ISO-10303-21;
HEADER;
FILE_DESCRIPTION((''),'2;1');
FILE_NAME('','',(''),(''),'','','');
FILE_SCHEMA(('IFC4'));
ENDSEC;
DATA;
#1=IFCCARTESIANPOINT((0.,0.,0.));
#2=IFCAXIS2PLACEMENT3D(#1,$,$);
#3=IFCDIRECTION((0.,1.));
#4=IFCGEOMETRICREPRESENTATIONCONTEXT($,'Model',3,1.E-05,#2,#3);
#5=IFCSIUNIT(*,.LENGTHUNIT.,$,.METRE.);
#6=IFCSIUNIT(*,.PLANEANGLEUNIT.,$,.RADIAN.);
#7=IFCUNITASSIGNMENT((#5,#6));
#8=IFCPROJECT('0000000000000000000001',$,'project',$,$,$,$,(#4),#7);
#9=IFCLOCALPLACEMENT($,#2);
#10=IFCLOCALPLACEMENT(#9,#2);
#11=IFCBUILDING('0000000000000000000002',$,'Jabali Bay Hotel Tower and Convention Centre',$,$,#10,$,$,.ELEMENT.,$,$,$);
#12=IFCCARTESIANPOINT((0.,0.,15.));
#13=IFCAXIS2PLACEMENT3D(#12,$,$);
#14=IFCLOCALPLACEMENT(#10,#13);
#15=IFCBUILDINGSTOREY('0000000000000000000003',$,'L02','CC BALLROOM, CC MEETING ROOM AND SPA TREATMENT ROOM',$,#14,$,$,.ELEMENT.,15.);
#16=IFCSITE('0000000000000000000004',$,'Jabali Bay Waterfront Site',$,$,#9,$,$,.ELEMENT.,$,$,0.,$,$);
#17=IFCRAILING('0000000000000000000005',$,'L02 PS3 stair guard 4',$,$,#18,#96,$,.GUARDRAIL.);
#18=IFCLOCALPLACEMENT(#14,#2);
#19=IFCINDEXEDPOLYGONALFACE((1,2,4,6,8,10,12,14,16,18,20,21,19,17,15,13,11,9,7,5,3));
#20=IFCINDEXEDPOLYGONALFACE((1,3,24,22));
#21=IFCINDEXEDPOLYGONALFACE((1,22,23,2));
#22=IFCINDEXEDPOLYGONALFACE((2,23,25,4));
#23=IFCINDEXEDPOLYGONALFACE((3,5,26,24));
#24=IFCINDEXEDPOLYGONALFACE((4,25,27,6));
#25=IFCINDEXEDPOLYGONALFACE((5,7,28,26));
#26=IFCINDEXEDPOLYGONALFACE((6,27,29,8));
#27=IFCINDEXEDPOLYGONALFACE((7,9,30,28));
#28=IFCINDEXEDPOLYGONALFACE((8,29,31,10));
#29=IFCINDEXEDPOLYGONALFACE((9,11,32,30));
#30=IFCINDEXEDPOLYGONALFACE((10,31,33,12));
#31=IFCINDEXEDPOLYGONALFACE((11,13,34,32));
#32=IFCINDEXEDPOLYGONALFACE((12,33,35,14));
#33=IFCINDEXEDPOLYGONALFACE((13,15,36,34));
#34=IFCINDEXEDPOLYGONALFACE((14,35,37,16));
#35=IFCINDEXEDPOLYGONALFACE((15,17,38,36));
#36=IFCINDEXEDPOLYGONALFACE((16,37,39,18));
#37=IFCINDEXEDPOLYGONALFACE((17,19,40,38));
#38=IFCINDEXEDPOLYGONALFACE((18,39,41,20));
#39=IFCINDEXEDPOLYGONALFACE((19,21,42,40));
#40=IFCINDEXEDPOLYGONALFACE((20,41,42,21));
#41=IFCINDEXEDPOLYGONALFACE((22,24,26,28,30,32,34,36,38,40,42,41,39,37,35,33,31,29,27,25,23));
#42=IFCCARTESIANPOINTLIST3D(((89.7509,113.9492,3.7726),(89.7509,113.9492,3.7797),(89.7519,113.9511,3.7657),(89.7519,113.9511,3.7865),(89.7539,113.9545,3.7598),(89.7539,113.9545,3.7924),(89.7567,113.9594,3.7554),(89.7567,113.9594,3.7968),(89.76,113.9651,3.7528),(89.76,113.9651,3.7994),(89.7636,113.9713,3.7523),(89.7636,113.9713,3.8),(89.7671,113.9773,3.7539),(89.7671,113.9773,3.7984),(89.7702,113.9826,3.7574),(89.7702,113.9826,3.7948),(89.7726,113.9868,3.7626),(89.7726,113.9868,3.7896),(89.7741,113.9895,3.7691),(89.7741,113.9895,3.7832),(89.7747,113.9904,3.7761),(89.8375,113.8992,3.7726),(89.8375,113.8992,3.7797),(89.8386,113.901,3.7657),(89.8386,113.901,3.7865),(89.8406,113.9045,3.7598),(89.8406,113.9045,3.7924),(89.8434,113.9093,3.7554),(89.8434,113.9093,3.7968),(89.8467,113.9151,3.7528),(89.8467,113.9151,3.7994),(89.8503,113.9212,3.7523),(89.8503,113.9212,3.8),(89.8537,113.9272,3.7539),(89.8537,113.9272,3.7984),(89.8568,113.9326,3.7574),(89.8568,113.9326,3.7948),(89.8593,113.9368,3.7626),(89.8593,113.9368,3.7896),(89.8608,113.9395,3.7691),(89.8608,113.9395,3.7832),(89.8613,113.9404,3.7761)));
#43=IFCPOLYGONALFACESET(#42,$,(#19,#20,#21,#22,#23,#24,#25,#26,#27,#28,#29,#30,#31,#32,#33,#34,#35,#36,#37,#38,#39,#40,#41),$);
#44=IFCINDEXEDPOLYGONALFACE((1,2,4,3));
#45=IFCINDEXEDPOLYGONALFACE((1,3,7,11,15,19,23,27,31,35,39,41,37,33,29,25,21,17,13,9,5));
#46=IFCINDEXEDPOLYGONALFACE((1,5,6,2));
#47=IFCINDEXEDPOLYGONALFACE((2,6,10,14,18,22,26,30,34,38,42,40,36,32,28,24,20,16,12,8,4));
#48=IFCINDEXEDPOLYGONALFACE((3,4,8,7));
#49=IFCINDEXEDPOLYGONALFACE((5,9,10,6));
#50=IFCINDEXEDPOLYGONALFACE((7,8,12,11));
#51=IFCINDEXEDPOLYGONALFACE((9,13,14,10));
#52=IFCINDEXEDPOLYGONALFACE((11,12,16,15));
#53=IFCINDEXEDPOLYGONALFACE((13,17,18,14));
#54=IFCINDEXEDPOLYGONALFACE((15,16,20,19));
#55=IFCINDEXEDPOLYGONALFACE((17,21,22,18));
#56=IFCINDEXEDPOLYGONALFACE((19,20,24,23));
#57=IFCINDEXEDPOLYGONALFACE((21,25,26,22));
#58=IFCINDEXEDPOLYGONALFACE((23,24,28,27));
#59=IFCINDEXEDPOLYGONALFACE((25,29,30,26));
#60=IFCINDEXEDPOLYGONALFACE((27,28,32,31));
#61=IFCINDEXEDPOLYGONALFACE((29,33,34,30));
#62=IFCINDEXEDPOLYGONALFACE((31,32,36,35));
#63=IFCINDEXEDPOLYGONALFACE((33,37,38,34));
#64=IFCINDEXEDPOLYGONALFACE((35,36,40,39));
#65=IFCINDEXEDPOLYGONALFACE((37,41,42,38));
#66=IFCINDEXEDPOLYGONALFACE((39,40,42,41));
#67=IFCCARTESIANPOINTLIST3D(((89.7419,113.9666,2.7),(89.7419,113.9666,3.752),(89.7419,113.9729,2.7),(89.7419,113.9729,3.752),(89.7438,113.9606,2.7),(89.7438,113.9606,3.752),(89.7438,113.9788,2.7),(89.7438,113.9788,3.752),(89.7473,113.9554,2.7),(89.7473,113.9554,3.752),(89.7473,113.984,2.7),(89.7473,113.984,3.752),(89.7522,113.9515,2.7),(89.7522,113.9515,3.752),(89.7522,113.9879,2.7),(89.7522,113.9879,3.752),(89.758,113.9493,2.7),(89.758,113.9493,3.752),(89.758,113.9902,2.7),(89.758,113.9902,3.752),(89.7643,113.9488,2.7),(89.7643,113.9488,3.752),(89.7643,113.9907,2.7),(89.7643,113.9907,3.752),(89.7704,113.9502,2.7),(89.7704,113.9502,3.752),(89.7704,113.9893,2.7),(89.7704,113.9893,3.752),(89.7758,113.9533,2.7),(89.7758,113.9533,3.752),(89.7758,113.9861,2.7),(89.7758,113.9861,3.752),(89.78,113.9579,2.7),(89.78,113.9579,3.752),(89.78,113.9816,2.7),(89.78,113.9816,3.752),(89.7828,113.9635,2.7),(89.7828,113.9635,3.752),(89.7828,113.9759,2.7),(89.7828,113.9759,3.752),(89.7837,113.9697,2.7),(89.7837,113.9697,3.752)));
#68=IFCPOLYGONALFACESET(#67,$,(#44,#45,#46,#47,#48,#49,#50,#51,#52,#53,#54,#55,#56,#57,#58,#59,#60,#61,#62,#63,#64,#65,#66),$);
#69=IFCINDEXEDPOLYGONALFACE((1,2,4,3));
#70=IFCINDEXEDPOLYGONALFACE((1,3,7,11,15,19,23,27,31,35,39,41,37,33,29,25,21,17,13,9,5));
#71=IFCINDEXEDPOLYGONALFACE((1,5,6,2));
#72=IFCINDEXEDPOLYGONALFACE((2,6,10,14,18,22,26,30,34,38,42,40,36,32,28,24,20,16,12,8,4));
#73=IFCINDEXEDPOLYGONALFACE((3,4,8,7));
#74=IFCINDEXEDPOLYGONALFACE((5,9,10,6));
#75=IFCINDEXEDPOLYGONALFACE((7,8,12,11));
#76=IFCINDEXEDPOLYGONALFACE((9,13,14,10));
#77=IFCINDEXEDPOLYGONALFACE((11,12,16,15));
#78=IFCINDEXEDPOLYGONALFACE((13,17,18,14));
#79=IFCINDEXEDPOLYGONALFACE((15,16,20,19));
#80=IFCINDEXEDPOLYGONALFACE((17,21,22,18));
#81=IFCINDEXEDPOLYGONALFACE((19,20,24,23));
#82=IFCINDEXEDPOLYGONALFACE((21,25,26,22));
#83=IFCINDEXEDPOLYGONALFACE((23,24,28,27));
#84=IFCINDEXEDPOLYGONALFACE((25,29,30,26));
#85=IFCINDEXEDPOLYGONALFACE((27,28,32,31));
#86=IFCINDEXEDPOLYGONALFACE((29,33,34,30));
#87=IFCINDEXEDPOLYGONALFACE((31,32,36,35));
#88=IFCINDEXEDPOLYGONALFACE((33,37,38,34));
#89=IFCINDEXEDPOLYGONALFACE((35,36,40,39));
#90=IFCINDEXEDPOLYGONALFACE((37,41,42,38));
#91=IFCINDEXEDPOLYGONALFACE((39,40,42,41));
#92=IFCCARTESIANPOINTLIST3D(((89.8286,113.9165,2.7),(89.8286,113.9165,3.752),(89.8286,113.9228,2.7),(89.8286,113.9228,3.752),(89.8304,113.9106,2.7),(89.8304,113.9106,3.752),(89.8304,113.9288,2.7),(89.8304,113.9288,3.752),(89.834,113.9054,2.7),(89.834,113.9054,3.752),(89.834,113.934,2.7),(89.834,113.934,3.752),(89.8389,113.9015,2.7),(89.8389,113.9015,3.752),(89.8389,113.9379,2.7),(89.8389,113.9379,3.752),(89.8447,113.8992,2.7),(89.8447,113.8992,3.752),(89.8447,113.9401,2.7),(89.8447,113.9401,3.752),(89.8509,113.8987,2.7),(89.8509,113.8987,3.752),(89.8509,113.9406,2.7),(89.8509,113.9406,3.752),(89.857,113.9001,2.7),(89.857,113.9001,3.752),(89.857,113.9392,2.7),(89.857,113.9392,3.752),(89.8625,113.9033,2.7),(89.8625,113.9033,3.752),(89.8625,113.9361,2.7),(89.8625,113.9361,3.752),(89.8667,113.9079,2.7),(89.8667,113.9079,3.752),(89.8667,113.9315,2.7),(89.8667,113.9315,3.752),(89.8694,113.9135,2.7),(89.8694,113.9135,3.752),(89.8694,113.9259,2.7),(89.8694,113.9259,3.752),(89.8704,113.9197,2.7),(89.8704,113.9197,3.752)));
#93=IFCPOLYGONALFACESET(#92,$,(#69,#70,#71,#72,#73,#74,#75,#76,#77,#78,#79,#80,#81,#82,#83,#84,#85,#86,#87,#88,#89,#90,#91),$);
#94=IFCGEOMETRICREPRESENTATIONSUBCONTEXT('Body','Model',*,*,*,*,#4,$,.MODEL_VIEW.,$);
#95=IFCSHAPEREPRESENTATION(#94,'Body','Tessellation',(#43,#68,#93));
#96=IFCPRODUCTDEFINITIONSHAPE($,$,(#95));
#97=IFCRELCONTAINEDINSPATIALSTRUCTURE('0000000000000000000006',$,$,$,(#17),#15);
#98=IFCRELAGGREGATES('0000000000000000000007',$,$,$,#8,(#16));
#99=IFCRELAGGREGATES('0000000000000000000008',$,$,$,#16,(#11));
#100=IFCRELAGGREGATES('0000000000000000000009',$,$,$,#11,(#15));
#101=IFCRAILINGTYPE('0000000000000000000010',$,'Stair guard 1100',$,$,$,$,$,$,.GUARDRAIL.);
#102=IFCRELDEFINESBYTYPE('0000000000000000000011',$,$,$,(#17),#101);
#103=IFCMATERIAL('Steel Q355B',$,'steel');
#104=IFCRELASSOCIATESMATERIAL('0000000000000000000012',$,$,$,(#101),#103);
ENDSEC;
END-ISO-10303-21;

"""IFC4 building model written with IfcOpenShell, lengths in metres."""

from ifc_helpers import new_model, si_unit, direction, frame, origin, origin_2d, place, context, subcontext, project, spatial, circle, extrude, material, type_object, element, save


model = new_model("IFC4")

# Units and contexts
model_context = context("Model", 3, precision=1e-05, world=origin(), true_north=direction((0.0, 1.0)))
body_context = subcontext(model_context, "Body", "Model", "MODEL_VIEW")
ifc_project = project(units=[si_unit("LENGTHUNIT", "METRE"), si_unit("PLANEANGLEUNIT", "RADIAN")], contexts=[model_context])

# Site, building, storey
site_placement = place(None, origin())
site = spatial("IfcSite", under=ifc_project, at=site_placement, Name="Jabali Bay Waterfront Site", CompositionType="ELEMENT", RefElevation=0.0)
building_placement = place(site_placement, origin())
building = spatial("IfcBuilding", under=site, at=building_placement, Name="Jabali Bay Hotel Tower and Convention Centre", CompositionType="ELEMENT")
storey_placement = place(building_placement, frame((0.0, 0.0, 15.0)))
storey = spatial("IfcBuildingStorey", under=building, at=storey_placement, Name="L02", Description="CC BALLROOM, CC MEETING ROOM AND SPA TREATMENT ROOM", CompositionType="ELEMENT", Elevation=15.0)

# Railing
ifc_material_1 = material(Name="Steel Q355B", Category="steel")
railing_type_1 = type_object("IfcRailingType", Name="Stair guard 1100", PredefinedType="GUARDRAIL", material=ifc_material_1)
railing_1_placement = place(storey_placement, frame((89.7627, 113.9697, 2.7)))
element("IfcRailing", 1, at=railing_1_placement, inside=storey, type_object=railing_type_1, Name="L02 PS3 stair guard 4", PredefinedType="GUARDRAIL", context=body_context, shape_type="SweptSolid", body=[
    extrude(circle(Radius=0.0239, at=origin_2d()), frame((0.0, 0.0, 1.0762), z_axis=(0.865982, -0.500074, 0.0), x_axis=(0.500074, 0.865982, 0.0)), (0.0, 0.0, 1.0), 0.1001),
    extrude(circle(Radius=0.021, at=origin_2d()), origin(), (0.0, 0.0, 1.0), 1.052),
    extrude(circle(Radius=0.021, at=origin_2d()), frame((0.0867, -0.05, 0.0)), (0.0, 0.0, 1.0), 1.052),
])

save(model, "model.ifc")
